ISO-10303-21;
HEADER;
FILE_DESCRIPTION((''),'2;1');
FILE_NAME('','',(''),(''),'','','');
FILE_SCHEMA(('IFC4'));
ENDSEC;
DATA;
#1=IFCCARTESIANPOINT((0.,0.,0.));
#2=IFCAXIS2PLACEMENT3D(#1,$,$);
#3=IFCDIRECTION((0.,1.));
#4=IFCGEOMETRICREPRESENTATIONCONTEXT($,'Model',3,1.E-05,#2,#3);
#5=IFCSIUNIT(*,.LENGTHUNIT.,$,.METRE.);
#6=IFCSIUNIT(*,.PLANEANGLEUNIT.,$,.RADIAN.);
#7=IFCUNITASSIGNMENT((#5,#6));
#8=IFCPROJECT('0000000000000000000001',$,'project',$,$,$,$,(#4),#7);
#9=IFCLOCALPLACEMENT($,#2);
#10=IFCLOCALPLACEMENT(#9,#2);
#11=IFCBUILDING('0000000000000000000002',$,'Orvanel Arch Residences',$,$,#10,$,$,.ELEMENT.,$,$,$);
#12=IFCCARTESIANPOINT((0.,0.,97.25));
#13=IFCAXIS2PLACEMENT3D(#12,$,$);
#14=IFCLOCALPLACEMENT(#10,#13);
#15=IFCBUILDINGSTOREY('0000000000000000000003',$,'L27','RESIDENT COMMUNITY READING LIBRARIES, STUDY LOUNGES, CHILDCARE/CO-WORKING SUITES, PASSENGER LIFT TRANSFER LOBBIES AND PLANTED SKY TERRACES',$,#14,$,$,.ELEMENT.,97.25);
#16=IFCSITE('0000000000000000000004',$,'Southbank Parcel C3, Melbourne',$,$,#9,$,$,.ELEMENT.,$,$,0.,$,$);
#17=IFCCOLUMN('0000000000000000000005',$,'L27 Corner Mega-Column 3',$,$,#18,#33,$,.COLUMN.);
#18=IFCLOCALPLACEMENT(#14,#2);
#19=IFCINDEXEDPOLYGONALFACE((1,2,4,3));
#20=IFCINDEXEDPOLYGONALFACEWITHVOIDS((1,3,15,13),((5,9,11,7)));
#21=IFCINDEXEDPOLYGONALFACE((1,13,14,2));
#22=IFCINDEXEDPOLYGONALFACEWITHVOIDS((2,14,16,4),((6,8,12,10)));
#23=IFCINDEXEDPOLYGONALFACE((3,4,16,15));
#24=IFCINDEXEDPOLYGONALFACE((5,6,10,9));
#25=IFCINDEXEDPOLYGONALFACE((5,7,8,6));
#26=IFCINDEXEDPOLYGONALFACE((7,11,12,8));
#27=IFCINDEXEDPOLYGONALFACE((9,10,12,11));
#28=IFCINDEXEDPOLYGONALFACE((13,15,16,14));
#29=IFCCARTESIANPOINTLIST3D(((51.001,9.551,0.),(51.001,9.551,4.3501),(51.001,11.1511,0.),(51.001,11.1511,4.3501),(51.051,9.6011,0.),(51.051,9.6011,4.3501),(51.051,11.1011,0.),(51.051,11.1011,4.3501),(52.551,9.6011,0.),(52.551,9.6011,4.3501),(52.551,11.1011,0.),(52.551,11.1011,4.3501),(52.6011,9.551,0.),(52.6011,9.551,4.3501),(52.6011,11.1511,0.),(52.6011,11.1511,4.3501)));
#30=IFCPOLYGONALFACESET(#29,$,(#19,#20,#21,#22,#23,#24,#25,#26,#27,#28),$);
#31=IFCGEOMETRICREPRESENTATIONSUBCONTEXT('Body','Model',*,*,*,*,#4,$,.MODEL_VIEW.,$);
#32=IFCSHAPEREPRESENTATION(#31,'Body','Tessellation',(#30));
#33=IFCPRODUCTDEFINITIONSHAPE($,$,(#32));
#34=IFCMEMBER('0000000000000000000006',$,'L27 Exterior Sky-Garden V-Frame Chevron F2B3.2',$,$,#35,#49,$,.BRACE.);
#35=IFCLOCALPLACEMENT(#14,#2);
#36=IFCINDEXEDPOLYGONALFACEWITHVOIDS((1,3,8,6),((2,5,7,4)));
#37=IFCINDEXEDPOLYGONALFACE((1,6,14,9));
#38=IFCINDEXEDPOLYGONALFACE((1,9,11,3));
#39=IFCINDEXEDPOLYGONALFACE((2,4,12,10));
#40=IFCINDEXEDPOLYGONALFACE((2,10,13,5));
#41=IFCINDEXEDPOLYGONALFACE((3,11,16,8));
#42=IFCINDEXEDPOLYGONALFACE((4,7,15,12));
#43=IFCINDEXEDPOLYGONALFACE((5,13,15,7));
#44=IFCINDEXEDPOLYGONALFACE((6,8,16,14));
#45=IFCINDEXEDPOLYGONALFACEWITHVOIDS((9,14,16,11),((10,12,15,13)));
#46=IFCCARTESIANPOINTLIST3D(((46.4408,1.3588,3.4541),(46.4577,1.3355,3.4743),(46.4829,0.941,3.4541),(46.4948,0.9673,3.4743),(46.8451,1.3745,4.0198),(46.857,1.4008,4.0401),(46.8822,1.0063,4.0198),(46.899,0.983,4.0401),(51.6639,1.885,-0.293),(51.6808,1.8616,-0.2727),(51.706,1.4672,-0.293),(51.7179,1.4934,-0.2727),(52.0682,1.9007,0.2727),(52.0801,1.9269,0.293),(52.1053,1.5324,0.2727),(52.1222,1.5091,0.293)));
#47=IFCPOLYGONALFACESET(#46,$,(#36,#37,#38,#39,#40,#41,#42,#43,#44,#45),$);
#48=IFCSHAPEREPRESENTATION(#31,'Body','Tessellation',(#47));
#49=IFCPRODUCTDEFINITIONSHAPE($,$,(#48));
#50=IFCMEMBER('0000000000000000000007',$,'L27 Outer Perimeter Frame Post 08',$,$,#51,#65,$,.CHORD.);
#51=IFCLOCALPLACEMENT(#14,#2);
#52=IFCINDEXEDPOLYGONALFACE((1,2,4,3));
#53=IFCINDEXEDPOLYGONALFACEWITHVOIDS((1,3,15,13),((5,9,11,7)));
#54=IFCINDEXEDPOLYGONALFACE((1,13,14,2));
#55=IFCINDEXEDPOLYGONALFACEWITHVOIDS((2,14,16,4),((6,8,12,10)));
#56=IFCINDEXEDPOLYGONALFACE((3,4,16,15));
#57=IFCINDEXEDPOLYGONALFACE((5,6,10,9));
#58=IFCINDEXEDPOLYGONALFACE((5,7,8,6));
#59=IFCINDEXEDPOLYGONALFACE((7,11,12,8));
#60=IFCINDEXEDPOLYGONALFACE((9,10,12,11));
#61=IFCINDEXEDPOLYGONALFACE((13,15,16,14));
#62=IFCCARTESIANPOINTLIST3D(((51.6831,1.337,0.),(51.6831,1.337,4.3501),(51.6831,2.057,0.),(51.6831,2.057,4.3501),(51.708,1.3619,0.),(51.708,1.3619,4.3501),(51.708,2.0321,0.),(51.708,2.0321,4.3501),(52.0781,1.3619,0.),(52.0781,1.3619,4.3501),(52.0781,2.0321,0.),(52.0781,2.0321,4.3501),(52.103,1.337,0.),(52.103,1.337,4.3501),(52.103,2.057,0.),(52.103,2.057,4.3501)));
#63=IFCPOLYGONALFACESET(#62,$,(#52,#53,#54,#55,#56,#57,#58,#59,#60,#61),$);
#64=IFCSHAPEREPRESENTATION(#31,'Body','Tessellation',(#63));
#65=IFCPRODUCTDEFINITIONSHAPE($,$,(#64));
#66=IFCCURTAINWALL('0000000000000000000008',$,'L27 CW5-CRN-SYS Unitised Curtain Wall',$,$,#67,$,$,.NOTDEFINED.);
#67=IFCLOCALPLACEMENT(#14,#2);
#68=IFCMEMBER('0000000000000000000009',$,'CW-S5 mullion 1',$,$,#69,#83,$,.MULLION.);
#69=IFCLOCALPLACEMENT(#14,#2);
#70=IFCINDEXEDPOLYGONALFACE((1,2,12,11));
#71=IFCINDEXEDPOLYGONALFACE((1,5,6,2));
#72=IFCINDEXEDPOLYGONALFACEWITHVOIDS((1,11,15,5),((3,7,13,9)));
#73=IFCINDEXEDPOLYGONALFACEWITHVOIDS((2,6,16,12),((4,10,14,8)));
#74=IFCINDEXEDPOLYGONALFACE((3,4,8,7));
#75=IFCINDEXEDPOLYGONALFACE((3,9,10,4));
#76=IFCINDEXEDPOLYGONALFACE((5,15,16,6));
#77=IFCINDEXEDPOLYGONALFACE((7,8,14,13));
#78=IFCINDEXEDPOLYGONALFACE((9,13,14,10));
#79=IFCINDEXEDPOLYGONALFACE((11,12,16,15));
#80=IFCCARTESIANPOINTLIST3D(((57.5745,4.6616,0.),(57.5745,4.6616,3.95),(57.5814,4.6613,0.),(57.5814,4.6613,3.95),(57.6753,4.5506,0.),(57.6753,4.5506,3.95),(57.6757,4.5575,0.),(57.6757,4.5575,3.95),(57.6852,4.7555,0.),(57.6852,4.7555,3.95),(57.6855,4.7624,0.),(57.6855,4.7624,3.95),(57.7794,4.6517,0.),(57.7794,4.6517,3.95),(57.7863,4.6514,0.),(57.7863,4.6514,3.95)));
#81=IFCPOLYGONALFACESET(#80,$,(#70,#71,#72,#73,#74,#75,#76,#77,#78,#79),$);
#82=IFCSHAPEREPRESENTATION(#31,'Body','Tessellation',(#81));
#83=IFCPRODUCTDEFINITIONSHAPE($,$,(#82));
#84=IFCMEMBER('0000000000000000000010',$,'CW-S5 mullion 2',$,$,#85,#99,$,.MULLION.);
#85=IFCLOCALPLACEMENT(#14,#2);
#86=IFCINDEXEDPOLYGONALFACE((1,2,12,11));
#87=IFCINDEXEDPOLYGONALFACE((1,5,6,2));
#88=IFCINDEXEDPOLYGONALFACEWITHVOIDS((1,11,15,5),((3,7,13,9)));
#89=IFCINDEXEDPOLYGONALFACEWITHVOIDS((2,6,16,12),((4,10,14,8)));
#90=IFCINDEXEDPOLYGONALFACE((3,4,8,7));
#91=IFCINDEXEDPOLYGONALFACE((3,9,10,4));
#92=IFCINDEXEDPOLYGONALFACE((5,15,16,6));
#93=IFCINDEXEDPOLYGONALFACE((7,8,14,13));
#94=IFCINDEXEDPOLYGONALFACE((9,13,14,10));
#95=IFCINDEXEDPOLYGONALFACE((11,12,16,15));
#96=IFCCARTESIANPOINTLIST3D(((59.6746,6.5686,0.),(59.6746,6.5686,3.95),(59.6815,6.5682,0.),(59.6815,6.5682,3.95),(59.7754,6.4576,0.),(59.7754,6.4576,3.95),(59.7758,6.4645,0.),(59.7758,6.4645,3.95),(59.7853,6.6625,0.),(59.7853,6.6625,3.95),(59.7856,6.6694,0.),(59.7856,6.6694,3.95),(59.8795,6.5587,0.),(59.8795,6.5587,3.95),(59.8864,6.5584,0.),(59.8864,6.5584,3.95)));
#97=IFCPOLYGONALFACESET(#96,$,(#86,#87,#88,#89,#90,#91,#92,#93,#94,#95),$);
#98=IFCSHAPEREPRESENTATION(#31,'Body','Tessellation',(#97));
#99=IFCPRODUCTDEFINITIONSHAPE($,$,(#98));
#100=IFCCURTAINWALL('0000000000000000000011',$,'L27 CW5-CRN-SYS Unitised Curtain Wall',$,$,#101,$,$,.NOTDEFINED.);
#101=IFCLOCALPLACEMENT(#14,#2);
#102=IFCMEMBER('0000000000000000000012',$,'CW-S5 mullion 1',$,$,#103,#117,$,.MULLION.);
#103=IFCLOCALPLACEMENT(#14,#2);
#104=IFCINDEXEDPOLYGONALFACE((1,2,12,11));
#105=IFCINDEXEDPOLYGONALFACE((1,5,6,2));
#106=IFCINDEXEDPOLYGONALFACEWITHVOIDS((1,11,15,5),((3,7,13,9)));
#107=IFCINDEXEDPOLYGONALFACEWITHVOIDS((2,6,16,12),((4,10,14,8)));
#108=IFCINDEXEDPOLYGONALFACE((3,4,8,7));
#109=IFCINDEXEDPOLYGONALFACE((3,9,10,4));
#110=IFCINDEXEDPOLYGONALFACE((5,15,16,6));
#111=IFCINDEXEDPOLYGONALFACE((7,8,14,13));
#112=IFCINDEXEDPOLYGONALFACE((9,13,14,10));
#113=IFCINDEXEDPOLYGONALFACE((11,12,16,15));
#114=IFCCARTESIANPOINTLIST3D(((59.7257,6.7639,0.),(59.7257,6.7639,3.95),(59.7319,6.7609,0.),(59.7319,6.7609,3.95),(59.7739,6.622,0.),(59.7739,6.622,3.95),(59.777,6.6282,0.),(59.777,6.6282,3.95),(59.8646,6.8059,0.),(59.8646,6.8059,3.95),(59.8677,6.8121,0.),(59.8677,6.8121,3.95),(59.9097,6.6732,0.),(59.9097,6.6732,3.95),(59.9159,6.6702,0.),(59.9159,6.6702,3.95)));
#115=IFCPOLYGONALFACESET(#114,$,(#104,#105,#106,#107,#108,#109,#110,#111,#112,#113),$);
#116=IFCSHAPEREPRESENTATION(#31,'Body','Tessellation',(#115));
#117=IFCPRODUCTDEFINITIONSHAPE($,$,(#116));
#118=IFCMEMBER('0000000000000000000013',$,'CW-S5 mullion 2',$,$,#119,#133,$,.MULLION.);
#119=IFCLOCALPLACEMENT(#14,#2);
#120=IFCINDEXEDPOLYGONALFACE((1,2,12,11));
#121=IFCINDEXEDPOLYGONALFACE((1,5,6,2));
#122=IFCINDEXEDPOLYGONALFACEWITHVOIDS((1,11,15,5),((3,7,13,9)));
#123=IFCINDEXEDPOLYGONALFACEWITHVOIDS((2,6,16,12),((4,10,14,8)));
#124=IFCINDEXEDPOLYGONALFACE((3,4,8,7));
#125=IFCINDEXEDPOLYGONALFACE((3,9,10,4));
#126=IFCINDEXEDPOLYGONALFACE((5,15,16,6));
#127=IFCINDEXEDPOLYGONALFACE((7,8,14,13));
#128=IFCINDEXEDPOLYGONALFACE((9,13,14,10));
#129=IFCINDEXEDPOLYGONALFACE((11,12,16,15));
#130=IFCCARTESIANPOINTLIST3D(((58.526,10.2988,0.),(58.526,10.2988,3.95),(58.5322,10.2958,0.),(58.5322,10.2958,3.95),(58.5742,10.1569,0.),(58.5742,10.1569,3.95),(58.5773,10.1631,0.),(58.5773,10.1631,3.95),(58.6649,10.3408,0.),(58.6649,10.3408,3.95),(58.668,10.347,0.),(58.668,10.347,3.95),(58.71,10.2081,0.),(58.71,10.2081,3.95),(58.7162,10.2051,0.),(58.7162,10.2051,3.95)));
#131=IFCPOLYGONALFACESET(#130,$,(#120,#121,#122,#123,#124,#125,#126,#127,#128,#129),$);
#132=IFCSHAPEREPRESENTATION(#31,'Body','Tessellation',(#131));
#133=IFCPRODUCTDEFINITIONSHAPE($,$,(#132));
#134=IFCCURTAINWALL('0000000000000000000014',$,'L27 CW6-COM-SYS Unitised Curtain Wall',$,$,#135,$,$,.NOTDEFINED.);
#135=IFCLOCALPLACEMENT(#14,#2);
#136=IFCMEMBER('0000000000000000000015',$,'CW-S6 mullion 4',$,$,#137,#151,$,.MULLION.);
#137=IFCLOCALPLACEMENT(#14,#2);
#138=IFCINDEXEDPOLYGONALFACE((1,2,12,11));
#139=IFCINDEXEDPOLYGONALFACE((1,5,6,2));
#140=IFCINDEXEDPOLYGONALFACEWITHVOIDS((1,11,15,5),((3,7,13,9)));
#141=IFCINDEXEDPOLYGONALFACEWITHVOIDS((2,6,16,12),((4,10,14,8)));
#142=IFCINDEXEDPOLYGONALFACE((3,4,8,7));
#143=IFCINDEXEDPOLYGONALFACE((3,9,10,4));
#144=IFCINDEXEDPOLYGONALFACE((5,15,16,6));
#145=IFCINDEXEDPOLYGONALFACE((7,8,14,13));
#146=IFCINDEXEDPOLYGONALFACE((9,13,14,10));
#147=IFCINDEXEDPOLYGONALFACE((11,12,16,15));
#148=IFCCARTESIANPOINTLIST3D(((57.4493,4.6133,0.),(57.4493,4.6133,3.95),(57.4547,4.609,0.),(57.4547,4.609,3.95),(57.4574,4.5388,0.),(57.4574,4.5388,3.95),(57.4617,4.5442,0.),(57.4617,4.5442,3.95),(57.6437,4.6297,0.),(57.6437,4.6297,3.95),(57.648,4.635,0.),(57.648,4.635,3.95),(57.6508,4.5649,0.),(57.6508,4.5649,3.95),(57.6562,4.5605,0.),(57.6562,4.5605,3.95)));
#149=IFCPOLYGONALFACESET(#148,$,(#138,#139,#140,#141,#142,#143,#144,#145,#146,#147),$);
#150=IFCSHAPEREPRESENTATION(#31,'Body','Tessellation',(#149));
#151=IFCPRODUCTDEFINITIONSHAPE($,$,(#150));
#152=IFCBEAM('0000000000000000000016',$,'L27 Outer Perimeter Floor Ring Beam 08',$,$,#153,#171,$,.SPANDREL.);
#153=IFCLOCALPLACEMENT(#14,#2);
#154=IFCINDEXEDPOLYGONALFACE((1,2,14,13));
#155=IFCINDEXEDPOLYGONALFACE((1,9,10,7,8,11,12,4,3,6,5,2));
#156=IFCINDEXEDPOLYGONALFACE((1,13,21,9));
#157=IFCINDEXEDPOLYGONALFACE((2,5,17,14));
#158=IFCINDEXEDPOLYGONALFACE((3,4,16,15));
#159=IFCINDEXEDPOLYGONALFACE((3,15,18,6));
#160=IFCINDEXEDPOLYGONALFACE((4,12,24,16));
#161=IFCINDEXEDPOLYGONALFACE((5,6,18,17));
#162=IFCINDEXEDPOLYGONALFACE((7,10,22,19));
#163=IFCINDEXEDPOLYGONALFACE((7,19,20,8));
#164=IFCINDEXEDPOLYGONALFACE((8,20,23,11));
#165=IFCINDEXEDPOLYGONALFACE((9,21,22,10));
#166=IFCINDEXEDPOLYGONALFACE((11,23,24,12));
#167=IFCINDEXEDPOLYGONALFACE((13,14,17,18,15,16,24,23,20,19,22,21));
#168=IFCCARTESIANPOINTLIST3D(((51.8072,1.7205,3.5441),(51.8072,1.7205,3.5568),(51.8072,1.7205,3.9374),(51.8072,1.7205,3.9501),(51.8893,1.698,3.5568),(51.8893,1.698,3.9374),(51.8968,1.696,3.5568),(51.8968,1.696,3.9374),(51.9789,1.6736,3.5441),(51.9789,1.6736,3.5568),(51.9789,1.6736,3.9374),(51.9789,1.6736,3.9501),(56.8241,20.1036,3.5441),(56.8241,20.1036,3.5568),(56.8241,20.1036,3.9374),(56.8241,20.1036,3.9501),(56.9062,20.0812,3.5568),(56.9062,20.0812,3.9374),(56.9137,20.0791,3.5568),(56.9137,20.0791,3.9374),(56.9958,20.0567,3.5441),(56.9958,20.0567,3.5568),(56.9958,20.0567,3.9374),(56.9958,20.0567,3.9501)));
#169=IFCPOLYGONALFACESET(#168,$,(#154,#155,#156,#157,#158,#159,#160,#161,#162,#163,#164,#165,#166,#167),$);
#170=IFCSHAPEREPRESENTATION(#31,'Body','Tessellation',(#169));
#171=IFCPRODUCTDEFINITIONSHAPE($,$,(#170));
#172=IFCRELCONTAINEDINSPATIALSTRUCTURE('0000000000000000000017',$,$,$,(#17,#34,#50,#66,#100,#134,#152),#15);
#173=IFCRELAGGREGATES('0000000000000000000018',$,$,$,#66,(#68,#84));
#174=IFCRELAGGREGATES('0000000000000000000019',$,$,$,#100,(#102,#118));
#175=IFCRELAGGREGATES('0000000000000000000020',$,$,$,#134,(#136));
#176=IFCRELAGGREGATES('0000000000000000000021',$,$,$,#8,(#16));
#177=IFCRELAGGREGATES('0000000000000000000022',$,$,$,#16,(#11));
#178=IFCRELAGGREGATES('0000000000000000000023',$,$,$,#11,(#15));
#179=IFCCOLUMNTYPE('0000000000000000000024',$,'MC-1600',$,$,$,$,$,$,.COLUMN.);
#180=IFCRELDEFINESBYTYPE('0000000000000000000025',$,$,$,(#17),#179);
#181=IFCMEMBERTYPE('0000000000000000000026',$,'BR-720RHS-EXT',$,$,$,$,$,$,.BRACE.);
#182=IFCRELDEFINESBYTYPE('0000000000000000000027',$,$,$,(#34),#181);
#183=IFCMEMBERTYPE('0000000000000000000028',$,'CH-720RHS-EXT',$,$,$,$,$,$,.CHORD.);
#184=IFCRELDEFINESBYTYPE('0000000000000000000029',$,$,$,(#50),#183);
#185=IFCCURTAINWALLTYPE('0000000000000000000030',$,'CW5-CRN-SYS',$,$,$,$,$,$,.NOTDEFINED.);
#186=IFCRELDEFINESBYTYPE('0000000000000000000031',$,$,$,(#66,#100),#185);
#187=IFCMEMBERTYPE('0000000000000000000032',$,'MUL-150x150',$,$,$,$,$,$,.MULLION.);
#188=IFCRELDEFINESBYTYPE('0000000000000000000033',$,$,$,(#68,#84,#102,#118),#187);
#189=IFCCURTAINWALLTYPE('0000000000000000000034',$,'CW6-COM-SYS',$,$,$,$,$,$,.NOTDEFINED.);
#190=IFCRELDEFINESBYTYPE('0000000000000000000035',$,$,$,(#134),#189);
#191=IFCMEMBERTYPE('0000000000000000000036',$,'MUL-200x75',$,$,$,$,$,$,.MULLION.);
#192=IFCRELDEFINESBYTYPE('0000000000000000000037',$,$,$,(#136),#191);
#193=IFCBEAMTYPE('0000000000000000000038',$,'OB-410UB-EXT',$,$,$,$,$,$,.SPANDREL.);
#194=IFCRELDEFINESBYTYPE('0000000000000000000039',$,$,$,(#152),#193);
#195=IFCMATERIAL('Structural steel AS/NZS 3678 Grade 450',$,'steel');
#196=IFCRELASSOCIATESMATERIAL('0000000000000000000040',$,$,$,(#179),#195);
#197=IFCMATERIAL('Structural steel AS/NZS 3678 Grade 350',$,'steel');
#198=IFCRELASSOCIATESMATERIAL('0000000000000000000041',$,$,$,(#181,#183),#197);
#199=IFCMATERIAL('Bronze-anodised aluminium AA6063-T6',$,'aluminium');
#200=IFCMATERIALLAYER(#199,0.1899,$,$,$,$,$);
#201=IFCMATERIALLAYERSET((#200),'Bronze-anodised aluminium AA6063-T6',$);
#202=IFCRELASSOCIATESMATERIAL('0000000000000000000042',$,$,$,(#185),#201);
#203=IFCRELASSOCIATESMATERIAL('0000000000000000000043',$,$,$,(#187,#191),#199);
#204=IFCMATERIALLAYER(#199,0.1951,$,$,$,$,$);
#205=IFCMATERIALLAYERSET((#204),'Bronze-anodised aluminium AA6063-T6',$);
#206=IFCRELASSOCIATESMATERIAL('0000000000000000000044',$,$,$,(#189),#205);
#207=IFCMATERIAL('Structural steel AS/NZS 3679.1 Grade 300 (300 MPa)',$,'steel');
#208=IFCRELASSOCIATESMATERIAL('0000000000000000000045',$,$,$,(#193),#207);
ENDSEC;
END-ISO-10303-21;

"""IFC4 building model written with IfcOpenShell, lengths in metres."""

from ifc_helpers import new_model, si_unit, direction, frame, origin, origin_2d, place, context, subcontext, project, spatial, hollow_rectangle, i_section, extrude, material, layer, layer_set, material_profile, profile_set, type_object, element, aggregate, save


model = new_model("IFC4")

# Units and contexts
model_context = context("Model", 3, precision=1e-05, world=origin(), true_north=direction((0.0, 1.0)))
body_context = subcontext(model_context, "Body", "Model", "MODEL_VIEW")
ifc_project = project(units=[si_unit("LENGTHUNIT", "METRE"), si_unit("PLANEANGLEUNIT", "RADIAN")], contexts=[model_context])

# Site, building, storey
site_placement = place(None, origin())
site = spatial("IfcSite", under=ifc_project, at=site_placement, Name="Southbank Parcel C3, Melbourne", CompositionType="ELEMENT", RefElevation=0.0)
building_placement = place(site_placement, origin())
building = spatial("IfcBuilding", under=site, at=building_placement, Name="Orvanel Arch Residences", CompositionType="ELEMENT")
storey_placement = place(building_placement, frame((0.0, 0.0, 97.25)))
storey = spatial("IfcBuildingStorey", under=building, at=storey_placement, Name="L27", Description="RESIDENT COMMUNITY READING LIBRARIES, STUDY LOUNGES, CHILDCARE/CO-WORKING SUITES, PASSENGER LIFT TRANSFER LOBBIES AND PLANTED SKY TERRACES", CompositionType="ELEMENT", Elevation=97.25)

# Column
ifc_material_1 = material(Name="Structural steel AS/NZS 3678 Grade 450", Category="steel")
ifc_material_profile_1 = material_profile(ifc_material_1, hollow_rectangle(XDim=1.6001, YDim=1.6001, WallThickness=0.05, at=origin_2d()), Name="BOX1600x1600x50")
ifc_profile_set_1 = profile_set([ifc_material_profile_1], Name="Structural steel AS/NZS 3678 Grade 450")
column_type = type_object("IfcColumnType", Name="MC-1600", PredefinedType="COLUMN", material=ifc_profile_set_1)
column_placement = place(storey_placement, frame((51.801, 10.3511, 0.0), z_axis=(0.0, 0.0, 1.0), x_axis=(1.0, 0.0, 0.0)))
element("IfcColumn", 1, at=column_placement, inside=storey, type_object=column_type, Name="L27 Corner Mega-Column 3", PredefinedType="COLUMN", context=body_context, shape_type="SweptSolid", body=[
    extrude(hollow_rectangle(XDim=1.6001, YDim=1.6001, WallThickness=0.05, at=origin_2d()), origin(), (0.0, 0.0, 1.0), 4.3501),
])

# Members
ifc_material_2 = material(Name="Structural steel AS/NZS 3678 Grade 350", Category="steel")
ifc_material_profile_2 = material_profile(ifc_material_2, hollow_rectangle(XDim=0.4199, YDim=0.72, WallThickness=0.0249, at=origin_2d()), Name="RHS720x420x25")
ifc_profile_set_2 = profile_set([ifc_material_profile_2], Name="Structural steel AS/NZS 3678 Grade 350")
member_type_1 = type_object("IfcMemberType", Name="BR-720RHS-EXT", PredefinedType="BRACE", material=ifc_profile_set_2)
member_1_placement = place(storey_placement, frame((51.8931, 1.697, 0.0), z_axis=(-0.809828, -0.081573, 0.580969), x_axis=(0.100222, -0.994965, 0.0)))
element("IfcMember", 2, at=member_1_placement, inside=storey, type_object=member_type_1, Name="L27 Exterior Sky-Garden V-Frame Chevron F2B3.2", PredefinedType="BRACE", context=body_context, shape_type="SweptSolid", body=[
    extrude(hollow_rectangle(XDim=0.4199, YDim=0.72, WallThickness=0.0249, at=origin_2d()), origin(), (0.0, 0.0, 1.0), 6.4497),
])
ifc_material_profile_3 = material_profile(ifc_material_2, hollow_rectangle(XDim=0.4199, YDim=0.72, WallThickness=0.0249, at=origin_2d()), Name="RHS720x420x25")
ifc_profile_set_3 = profile_set([ifc_material_profile_3], Name="Structural steel AS/NZS 3678 Grade 350")
member_type_2 = type_object("IfcMemberType", Name="CH-720RHS-EXT", PredefinedType="CHORD", material=ifc_profile_set_3)
member_2_placement = place(storey_placement, frame((51.8931, 1.697, 0.0), z_axis=(0.0, 0.0, 1.0), x_axis=(1.0, 0.0, 0.0)))
element("IfcMember", 3, at=member_2_placement, inside=storey, type_object=member_type_2, Name="L27 Outer Perimeter Frame Post 08", PredefinedType="CHORD", context=body_context, shape_type="SweptSolid", body=[
    extrude(hollow_rectangle(XDim=0.4199, YDim=0.72, WallThickness=0.0249, at=origin_2d()), origin(), (0.0, 0.0, 1.0), 4.3501),
])

# Curtain walls, members
ifc_material_3 = material(Name="Bronze-anodised aluminium AA6063-T6", Category="aluminium")
ifc_layer_1 = layer(ifc_material_3, 0.1899)
ifc_layer_set_1 = layer_set([ifc_layer_1], Name="Bronze-anodised aluminium AA6063-T6")
curtain_wall_type_1 = type_object("IfcCurtainWallType", Name="CW5-CRN-SYS", PredefinedType="NOTDEFINED", material=ifc_layer_set_1)
curtain_wall_1_placement = place(storey_placement, origin())
curtain_wall_1 = element("IfcCurtainWall", 4, at=curtain_wall_1_placement, inside=storey, type_object=curtain_wall_type_1, Name="L27 CW5-CRN-SYS Unitised Curtain Wall", PredefinedType="NOTDEFINED")
ifc_material_profile_4 = material_profile(ifc_material_3, hollow_rectangle(XDim=0.1499, YDim=0.1499, WallThickness=0.0049, at=origin_2d()), Name="ALU150x150x5")
ifc_profile_set_4 = profile_set([ifc_material_profile_4], Name="Bronze-anodised aluminium AA6063-T6")
member_type_3 = type_object("IfcMemberType", Name="MUL-150x150", PredefinedType="MULLION", material=ifc_profile_set_4)
member_3_placement = place(storey_placement, frame((57.6804, 4.6565, 0.0), z_axis=(0.0, 0.0, 1.0), x_axis=(-0.672306, 0.740273, 0.0)))
member_3 = element("IfcMember", 5, at=member_3_placement, type_object=member_type_3, Name="CW-S5 mullion 1", PredefinedType="MULLION", context=body_context, shape_type="SweptSolid", body=[
    extrude(hollow_rectangle(XDim=0.1499, YDim=0.1499, WallThickness=0.0049, at=origin_2d()), origin(), (0.0, 0.0, 1.0), 3.95),
])
member_4_placement = place(storey_placement, frame((59.7805, 6.5635, 0.0), z_axis=(0.0, 0.0, 1.0), x_axis=(-0.672306, 0.740273, 0.0)))
member_4 = element("IfcMember", 6, at=member_4_placement, type_object=member_type_3, Name="CW-S5 mullion 2", PredefinedType="MULLION", context=body_context, shape_type="SweptSolid", body=[
    extrude(hollow_rectangle(XDim=0.1499, YDim=0.1499, WallThickness=0.0049, at=origin_2d()), origin(), (0.0, 0.0, 1.0), 3.95),
])
curtain_wall_2_placement = place(storey_placement, origin())
curtain_wall_2 = element("IfcCurtainWall", 7, at=curtain_wall_2_placement, inside=storey, type_object=curtain_wall_type_1, Name="L27 CW5-CRN-SYS Unitised Curtain Wall", PredefinedType="NOTDEFINED")
member_5_placement = place(storey_placement, frame((59.8208, 6.717, 0.0), z_axis=(0.0, 0.0, 1.0), x_axis=(-0.946936, -0.321422, 0.0)))
member_5 = element("IfcMember", 8, at=member_5_placement, type_object=member_type_3, Name="CW-S5 mullion 1", PredefinedType="MULLION", context=body_context, shape_type="SweptSolid", body=[
    extrude(hollow_rectangle(XDim=0.1499, YDim=0.1499, WallThickness=0.0049, at=origin_2d()), origin(), (0.0, 0.0, 1.0), 3.95),
])
member_6_placement = place(storey_placement, frame((58.6211, 10.252, 0.0), z_axis=(0.0, 0.0, 1.0), x_axis=(-0.946936, -0.321422, 0.0)))
member_6 = element("IfcMember", 9, at=member_6_placement, type_object=member_type_3, Name="CW-S5 mullion 2", PredefinedType="MULLION", context=body_context, shape_type="SweptSolid", body=[
    extrude(hollow_rectangle(XDim=0.1499, YDim=0.1499, WallThickness=0.0049, at=origin_2d()), origin(), (0.0, 0.0, 1.0), 3.95),
])

# Curtain wall, member
ifc_layer_2 = layer(ifc_material_3, 0.1951)
ifc_layer_set_2 = layer_set([ifc_layer_2], Name="Bronze-anodised aluminium AA6063-T6")
curtain_wall_type_2 = type_object("IfcCurtainWallType", Name="CW6-COM-SYS", PredefinedType="NOTDEFINED", material=ifc_layer_set_2)
curtain_wall_3_placement = place(storey_placement, origin())
curtain_wall_3 = element("IfcCurtainWall", 10, at=curtain_wall_3_placement, inside=storey, type_object=curtain_wall_type_2, Name="L27 CW6-COM-SYS Unitised Curtain Wall", PredefinedType="NOTDEFINED")
ifc_material_profile_5 = material_profile(ifc_material_3, hollow_rectangle(XDim=0.075, YDim=0.2, WallThickness=0.0049, at=origin_2d()), Name="ALU200x75x5")
ifc_profile_set_5 = profile_set([ifc_material_profile_5], Name="Bronze-anodised aluminium AA6063-T6")
member_type_4 = type_object("IfcMemberType", Name="MUL-200x75", PredefinedType="MULLION", material=ifc_profile_set_5)
member_7_placement = place(storey_placement, frame((57.5527, 4.5869, 0.0), z_axis=(0.0, 0.0, 1.0), x_axis=(-0.108702, 0.994074, 0.0)))
member_7 = element("IfcMember", 11, at=member_7_placement, type_object=member_type_4, Name="CW-S6 mullion 4", PredefinedType="MULLION", context=body_context, shape_type="SweptSolid", body=[
    extrude(hollow_rectangle(XDim=0.075, YDim=0.2, WallThickness=0.0049, at=origin_2d()), origin(), (0.0, 0.0, 1.0), 3.95),
])

# Beam
ifc_material_4 = material(Name="Structural steel AS/NZS 3679.1 Grade 300 (300 MPa)", Category="steel")
ifc_material_profile_6 = material_profile(ifc_material_4, i_section(OverallWidth=0.178, OverallDepth=0.406, WebThickness=0.0078, FlangeThickness=0.0127, at=origin_2d()), Name="410UB59.7")
ifc_profile_set_6 = profile_set([ifc_material_profile_6], Name="Structural steel AS/NZS 3679.1 Grade 300 (300 MPa)")
beam_type_1 = type_object("IfcBeamType", Name="OB-410UB-EXT", PredefinedType="SPANDREL", material=ifc_profile_set_6)
beam_1_placement = place(storey_placement, frame((51.8931, 1.697, 3.7471), z_axis=(0.263278, 0.96472, 0.0), x_axis=(-0.96472, 0.263278, 0.0)))
element("IfcBeam", 12, at=beam_1_placement, inside=storey, type_object=beam_type_1, Name="L27 Outer Perimeter Floor Ring Beam 08", PredefinedType="SPANDREL", context=body_context, shape_type="SweptSolid", body=[
    extrude(i_section(OverallWidth=0.178, OverallDepth=0.406, WebThickness=0.0078, FlangeThickness=0.0127, at=origin_2d()), origin(), (0.0, 0.0, 1.0), 19.0554),
])

aggregate(curtain_wall_1, [member_3, member_4])
aggregate(curtain_wall_2, [member_5, member_6])
aggregate(curtain_wall_3, [member_7])

save(model, "model.ifc")
